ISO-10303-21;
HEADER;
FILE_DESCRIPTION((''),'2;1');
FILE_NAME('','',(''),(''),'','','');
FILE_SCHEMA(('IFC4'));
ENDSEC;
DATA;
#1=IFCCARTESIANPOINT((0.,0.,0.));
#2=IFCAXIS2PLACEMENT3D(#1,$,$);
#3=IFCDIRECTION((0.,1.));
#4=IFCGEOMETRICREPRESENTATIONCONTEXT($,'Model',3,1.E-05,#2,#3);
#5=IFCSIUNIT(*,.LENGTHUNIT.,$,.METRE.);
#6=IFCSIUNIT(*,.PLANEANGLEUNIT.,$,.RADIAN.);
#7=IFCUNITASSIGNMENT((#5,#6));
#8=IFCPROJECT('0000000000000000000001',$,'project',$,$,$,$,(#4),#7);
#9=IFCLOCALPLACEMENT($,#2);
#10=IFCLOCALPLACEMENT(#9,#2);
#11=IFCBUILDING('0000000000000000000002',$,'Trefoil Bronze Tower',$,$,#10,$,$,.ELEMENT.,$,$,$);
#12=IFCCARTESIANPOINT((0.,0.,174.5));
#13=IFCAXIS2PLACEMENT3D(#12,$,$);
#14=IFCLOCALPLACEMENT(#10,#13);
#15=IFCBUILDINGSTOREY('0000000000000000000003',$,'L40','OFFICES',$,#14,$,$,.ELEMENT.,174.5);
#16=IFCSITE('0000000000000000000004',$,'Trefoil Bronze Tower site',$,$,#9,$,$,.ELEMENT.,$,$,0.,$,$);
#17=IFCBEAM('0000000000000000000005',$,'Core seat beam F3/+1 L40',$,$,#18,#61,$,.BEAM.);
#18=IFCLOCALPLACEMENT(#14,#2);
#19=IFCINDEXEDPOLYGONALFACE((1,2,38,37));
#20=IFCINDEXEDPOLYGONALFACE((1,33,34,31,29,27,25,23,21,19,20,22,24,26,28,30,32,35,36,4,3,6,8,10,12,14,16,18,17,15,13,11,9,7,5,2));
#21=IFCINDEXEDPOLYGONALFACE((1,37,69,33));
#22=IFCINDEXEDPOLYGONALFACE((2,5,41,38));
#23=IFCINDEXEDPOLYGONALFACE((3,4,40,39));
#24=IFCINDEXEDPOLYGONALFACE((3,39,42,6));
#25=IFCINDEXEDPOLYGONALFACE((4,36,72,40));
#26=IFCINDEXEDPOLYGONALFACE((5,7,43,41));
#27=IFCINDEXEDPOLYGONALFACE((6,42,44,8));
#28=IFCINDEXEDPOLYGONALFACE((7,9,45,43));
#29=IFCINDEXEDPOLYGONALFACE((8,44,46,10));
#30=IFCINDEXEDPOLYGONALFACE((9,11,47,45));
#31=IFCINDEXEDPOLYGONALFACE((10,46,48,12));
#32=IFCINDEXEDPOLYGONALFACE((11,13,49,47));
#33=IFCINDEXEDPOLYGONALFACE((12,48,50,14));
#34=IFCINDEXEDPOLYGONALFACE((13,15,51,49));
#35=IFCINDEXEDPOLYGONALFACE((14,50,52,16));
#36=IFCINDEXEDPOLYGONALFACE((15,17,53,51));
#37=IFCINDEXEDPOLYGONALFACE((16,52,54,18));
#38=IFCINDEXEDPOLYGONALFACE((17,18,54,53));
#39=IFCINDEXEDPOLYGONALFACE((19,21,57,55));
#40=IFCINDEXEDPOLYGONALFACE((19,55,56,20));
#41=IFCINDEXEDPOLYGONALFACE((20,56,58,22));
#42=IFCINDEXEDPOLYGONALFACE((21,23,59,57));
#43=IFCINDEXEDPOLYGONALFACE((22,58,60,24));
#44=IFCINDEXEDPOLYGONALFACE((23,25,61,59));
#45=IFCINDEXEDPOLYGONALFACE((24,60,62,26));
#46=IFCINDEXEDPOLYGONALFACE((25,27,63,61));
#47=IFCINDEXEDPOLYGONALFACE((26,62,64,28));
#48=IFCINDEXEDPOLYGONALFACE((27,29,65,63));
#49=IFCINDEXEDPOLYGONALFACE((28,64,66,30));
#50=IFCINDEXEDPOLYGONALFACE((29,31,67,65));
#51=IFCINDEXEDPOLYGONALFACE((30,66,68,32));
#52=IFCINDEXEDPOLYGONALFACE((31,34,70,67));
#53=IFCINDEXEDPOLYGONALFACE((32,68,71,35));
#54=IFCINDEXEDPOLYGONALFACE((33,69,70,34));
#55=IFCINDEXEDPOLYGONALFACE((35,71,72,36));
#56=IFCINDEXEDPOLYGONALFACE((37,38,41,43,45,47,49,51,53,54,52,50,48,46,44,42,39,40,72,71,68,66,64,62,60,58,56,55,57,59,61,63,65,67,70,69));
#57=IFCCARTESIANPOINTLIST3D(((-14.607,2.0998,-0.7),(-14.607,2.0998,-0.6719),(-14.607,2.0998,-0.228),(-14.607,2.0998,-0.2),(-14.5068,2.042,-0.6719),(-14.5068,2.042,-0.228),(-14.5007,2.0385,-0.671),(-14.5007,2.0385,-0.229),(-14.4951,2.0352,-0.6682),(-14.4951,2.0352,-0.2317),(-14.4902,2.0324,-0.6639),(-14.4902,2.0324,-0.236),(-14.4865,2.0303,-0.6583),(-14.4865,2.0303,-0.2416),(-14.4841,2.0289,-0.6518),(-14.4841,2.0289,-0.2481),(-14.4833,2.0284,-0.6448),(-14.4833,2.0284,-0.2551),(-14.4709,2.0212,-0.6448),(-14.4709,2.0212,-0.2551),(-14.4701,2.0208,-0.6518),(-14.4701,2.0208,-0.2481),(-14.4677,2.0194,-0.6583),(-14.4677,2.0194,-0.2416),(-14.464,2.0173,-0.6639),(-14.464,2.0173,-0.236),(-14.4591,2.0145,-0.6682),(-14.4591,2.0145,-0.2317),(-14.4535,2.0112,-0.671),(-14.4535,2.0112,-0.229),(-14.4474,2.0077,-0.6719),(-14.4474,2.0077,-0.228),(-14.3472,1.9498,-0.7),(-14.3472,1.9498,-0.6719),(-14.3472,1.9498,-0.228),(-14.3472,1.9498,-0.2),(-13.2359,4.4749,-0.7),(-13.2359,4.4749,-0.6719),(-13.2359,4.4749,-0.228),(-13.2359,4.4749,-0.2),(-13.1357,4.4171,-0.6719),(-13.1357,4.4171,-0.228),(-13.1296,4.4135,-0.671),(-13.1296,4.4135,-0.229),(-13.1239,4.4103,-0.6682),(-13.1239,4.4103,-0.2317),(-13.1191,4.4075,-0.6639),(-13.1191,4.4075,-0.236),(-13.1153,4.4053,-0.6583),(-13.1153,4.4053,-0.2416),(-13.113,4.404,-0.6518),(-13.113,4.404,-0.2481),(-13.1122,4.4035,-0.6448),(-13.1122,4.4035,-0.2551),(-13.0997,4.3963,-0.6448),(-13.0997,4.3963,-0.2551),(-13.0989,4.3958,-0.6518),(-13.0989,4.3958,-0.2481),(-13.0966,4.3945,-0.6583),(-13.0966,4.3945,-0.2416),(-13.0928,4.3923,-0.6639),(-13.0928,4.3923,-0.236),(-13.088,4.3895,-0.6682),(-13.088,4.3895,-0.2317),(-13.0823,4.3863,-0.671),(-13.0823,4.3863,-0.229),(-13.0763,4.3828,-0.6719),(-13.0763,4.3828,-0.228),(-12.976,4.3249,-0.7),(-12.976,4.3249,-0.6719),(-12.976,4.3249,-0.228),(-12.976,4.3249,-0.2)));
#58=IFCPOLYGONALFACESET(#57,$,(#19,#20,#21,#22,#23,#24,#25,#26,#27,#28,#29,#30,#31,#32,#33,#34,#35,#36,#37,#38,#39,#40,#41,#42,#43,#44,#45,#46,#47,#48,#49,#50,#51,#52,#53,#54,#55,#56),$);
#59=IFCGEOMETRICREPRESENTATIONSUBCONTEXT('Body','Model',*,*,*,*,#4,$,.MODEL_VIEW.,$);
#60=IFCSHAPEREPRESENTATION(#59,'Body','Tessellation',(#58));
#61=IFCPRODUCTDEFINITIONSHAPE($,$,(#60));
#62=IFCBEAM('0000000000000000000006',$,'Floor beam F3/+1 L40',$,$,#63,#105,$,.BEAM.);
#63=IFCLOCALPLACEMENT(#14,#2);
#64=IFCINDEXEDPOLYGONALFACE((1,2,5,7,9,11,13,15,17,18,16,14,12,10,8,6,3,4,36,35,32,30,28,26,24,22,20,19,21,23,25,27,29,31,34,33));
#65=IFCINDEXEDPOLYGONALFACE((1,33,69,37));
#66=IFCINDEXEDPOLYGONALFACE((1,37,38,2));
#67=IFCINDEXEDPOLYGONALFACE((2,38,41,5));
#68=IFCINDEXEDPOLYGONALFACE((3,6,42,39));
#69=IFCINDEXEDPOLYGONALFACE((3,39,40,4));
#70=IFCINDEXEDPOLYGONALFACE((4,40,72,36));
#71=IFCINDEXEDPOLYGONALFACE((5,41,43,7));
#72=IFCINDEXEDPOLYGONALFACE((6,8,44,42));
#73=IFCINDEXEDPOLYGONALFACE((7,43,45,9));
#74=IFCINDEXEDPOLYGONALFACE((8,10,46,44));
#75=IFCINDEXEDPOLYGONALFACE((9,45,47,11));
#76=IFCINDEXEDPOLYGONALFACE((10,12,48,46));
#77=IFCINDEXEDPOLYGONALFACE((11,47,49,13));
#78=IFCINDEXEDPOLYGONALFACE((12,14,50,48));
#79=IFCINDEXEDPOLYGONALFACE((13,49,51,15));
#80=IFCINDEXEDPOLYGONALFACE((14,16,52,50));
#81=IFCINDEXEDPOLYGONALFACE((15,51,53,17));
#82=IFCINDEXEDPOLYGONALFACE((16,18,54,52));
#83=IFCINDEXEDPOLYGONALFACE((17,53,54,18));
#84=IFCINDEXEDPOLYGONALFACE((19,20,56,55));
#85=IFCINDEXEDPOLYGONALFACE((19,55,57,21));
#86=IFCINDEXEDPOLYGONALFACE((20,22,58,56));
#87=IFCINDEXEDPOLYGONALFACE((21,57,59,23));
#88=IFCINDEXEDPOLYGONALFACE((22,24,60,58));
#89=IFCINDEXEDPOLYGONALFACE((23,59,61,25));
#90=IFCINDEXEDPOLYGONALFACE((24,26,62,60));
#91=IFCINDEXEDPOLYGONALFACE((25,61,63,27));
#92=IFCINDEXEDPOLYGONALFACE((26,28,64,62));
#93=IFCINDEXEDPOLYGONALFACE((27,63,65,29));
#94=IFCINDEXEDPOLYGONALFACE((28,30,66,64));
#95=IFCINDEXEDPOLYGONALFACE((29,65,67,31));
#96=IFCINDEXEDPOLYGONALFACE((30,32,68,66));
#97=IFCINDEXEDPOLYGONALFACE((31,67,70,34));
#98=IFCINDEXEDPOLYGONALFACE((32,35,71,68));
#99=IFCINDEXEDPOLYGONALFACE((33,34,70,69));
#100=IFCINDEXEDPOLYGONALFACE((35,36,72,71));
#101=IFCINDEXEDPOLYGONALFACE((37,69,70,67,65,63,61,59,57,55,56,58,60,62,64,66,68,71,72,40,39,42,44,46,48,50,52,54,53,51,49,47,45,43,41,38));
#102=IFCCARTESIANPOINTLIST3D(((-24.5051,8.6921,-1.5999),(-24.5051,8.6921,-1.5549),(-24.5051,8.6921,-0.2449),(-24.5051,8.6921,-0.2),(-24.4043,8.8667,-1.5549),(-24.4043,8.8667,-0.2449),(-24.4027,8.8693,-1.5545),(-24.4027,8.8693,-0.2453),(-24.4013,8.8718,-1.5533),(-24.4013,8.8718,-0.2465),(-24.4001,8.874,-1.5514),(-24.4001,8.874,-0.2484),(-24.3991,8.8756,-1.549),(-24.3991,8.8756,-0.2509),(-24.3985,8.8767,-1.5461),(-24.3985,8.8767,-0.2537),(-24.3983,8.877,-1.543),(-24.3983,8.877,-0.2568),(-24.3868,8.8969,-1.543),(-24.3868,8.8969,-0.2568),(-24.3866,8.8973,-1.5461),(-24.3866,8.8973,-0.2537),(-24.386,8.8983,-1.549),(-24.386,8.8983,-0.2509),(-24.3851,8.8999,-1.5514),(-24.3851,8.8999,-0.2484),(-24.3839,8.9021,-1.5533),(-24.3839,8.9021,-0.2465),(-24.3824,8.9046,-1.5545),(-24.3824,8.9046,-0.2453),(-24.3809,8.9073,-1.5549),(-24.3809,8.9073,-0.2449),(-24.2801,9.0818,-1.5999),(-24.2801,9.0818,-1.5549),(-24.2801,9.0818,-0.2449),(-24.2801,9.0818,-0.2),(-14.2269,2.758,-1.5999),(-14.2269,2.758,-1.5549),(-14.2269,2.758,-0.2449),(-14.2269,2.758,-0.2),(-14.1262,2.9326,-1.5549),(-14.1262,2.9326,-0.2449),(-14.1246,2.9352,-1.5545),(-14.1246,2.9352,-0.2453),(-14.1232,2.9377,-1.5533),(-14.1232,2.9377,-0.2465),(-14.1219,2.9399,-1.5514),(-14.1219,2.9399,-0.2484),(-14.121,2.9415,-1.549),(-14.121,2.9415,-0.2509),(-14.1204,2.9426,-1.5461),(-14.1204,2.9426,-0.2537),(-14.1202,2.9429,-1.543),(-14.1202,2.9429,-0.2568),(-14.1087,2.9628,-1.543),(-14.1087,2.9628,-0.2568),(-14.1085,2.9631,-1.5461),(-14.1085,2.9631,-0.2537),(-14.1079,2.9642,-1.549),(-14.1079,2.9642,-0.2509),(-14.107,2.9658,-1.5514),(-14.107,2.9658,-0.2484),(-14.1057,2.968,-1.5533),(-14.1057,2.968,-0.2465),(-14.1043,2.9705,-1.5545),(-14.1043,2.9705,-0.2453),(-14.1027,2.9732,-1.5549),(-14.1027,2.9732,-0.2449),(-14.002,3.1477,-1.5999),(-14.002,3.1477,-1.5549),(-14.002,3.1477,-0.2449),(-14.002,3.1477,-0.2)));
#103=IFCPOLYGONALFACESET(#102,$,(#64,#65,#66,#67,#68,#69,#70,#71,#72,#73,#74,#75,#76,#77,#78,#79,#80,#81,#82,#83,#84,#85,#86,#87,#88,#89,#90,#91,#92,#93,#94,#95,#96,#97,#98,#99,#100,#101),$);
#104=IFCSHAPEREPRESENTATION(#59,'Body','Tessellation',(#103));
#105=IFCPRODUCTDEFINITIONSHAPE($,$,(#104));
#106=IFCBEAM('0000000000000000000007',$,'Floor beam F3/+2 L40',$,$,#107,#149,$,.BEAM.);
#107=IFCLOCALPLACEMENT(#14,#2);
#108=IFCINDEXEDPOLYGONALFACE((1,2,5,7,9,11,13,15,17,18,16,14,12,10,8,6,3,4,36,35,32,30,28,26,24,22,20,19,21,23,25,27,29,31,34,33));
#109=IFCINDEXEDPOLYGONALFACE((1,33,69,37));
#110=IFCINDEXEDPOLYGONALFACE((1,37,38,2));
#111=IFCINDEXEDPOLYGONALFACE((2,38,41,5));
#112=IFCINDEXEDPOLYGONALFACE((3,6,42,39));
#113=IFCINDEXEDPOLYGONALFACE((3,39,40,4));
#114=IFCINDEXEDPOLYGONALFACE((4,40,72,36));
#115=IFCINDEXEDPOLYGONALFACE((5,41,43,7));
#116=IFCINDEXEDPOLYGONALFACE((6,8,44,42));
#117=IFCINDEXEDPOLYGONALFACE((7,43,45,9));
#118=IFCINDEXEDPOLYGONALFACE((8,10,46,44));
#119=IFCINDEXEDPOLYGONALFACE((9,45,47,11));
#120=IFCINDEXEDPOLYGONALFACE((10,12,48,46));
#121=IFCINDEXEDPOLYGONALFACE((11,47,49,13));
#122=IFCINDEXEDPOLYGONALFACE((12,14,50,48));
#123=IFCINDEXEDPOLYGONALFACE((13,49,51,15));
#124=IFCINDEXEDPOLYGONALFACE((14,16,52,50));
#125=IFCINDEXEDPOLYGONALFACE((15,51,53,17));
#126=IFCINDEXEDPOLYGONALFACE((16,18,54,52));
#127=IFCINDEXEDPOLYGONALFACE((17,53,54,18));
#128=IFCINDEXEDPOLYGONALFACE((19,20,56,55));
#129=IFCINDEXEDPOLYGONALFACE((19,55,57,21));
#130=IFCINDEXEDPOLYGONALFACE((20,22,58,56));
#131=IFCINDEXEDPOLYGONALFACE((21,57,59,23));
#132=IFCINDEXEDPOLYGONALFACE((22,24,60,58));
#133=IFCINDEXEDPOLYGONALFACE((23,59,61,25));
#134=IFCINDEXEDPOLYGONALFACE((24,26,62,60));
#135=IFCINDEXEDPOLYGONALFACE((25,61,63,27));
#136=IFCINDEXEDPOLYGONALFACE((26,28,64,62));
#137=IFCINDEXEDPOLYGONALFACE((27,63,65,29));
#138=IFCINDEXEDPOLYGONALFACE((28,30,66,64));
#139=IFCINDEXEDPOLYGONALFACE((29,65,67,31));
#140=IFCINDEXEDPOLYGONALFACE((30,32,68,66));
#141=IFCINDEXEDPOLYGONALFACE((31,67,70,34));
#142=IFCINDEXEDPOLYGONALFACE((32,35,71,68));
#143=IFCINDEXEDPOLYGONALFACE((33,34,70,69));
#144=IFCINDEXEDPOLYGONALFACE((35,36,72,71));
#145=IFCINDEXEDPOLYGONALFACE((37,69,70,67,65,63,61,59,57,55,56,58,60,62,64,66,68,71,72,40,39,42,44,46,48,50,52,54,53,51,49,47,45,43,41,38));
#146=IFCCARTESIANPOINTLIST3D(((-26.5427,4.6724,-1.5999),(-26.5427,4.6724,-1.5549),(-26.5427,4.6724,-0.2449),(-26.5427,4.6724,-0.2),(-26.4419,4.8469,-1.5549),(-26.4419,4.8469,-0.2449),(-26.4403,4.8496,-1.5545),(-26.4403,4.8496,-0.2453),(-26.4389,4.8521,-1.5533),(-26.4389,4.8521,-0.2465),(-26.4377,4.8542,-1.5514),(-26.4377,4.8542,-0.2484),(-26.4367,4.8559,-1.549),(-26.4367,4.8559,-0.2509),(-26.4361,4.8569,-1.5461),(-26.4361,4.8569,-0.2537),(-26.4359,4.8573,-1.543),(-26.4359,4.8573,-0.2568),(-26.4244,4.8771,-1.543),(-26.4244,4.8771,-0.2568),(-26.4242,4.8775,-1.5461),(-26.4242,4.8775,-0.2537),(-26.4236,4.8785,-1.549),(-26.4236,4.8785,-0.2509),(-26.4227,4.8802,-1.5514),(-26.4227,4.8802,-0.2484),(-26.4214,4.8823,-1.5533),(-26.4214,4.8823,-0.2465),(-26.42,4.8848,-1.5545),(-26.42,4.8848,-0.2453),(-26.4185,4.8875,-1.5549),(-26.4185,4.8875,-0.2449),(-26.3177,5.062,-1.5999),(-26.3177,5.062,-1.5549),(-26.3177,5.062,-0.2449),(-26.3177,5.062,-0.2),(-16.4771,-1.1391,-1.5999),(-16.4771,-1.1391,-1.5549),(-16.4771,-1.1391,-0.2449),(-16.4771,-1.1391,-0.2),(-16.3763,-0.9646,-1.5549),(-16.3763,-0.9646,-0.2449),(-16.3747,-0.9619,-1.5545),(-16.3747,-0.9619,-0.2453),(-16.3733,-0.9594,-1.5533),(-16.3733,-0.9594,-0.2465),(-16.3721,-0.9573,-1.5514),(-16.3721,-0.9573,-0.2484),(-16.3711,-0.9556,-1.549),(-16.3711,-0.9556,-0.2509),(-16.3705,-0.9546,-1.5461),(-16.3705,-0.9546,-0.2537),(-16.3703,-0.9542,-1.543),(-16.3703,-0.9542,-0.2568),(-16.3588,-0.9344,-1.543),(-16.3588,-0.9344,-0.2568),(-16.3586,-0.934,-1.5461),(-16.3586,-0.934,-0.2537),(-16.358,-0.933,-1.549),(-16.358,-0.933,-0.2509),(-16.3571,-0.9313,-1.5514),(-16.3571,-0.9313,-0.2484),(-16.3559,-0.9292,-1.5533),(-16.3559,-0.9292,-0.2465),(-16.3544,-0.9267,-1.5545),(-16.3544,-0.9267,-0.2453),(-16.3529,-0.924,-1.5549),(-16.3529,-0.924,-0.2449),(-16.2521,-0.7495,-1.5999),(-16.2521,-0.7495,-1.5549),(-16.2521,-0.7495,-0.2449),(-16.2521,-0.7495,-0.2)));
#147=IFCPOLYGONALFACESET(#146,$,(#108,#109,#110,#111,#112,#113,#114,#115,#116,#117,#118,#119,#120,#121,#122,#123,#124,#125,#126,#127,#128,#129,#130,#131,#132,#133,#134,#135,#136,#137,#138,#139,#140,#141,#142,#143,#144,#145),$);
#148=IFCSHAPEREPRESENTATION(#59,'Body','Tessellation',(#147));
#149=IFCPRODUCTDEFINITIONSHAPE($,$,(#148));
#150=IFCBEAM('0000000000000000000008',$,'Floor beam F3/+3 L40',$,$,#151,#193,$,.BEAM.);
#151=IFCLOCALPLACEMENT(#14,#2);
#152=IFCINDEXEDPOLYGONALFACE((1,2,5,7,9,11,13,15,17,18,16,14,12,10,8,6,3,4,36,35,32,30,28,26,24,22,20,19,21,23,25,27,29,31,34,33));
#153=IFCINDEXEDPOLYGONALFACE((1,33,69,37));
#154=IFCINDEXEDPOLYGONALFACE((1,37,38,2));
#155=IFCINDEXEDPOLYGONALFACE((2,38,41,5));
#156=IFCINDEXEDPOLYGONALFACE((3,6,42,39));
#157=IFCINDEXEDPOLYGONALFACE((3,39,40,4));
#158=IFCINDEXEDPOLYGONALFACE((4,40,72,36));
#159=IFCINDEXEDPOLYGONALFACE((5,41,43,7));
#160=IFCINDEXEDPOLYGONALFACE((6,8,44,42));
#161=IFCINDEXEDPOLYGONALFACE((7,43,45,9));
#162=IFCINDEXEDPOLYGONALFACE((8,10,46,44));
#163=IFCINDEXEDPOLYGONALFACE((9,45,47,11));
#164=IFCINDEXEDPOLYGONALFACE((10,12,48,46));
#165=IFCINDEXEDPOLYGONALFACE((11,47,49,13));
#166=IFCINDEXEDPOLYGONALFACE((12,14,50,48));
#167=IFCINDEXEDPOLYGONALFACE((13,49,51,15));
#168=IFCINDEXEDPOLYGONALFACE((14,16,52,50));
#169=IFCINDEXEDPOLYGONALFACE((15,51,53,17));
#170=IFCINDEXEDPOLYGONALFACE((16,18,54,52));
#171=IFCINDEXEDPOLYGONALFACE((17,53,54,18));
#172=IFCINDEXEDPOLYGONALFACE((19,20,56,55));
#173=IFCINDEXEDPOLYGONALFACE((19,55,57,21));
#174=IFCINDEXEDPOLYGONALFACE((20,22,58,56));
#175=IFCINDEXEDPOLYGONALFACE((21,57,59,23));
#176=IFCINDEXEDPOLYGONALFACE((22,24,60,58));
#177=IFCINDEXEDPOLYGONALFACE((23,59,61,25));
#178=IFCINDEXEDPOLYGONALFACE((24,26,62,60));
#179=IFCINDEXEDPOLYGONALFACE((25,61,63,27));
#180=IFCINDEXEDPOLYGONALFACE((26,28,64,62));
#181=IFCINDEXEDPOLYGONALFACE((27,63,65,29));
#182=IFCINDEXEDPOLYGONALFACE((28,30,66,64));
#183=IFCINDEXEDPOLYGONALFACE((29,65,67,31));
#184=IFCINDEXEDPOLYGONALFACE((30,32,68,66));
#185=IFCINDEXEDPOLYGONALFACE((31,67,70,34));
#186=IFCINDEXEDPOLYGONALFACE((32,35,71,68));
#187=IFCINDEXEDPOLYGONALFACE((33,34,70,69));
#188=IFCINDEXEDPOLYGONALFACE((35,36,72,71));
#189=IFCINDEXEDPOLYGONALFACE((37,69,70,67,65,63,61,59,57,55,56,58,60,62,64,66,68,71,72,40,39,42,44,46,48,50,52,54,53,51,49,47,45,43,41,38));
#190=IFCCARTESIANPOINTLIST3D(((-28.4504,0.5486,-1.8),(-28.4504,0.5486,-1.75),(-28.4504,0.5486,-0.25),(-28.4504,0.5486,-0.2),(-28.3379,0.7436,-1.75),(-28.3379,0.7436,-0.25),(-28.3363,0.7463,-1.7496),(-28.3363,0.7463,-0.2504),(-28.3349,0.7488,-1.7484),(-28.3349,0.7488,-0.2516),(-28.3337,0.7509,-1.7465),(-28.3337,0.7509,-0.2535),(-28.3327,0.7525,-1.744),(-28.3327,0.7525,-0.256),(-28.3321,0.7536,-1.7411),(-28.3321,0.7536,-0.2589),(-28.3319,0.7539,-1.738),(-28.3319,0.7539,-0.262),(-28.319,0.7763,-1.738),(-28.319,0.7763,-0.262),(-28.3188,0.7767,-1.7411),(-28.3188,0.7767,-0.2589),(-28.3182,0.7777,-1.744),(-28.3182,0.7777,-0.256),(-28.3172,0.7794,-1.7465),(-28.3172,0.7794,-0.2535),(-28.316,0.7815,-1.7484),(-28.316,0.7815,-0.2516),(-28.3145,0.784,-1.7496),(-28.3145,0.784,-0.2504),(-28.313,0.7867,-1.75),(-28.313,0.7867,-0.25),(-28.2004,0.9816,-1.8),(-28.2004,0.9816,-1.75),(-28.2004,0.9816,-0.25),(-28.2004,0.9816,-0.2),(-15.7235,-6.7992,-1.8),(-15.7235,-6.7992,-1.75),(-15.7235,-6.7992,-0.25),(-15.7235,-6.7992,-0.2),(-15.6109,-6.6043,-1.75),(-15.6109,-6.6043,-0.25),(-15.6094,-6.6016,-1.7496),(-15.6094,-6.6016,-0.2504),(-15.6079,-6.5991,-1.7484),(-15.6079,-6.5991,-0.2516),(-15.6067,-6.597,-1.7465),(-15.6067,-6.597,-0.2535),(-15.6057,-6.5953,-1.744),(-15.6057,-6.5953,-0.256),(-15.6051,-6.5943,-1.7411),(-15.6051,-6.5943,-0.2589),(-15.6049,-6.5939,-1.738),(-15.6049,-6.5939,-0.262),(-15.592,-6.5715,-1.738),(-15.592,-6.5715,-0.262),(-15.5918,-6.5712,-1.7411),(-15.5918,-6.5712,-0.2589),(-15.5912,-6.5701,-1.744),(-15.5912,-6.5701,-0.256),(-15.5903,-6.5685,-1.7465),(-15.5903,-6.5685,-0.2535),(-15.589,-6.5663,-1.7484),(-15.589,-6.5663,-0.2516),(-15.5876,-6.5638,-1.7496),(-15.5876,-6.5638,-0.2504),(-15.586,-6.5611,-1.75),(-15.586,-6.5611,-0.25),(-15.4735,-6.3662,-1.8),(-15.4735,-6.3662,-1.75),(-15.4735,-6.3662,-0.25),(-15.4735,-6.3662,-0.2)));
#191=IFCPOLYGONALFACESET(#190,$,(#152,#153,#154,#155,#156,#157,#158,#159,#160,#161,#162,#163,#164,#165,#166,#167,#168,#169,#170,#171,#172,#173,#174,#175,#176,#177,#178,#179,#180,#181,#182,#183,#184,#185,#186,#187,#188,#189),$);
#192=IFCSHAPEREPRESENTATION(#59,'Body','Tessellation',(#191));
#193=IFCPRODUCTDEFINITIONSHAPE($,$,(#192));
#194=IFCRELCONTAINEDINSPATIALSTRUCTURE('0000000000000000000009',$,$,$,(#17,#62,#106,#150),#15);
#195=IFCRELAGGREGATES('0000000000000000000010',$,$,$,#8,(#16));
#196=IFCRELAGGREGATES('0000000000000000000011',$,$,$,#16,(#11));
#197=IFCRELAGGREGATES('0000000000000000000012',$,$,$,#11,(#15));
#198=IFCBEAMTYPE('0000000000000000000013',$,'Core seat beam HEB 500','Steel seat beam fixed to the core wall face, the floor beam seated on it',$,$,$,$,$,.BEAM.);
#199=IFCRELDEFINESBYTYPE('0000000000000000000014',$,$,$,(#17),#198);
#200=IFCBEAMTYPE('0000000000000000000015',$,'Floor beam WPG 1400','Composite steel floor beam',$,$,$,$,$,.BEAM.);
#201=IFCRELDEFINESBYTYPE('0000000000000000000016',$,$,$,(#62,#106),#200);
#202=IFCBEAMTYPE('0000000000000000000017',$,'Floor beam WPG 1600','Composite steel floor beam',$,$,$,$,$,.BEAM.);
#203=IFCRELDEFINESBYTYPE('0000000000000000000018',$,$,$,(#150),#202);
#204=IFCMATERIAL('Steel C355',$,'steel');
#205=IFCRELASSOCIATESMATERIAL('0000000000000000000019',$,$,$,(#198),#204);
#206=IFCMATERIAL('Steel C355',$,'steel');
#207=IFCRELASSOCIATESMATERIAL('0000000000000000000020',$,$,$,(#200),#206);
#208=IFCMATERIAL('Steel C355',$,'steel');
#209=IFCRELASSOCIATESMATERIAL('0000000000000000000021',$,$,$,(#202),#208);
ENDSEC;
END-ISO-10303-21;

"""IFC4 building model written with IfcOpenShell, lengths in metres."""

from ifc_helpers import new_model, si_unit, direction, frame, origin, origin_2d, place, context, subcontext, project, spatial, i_section, extrude, material, material_profile, profile_set, type_object, element, save


model = new_model("IFC4")

# Units and contexts
model_context = context("Model", 3, precision=1e-05, world=origin(), true_north=direction((0.0, 1.0)))
body_context = subcontext(model_context, "Body", "Model", "MODEL_VIEW")
ifc_project = project(units=[si_unit("LENGTHUNIT", "METRE"), si_unit("PLANEANGLEUNIT", "RADIAN")], contexts=[model_context])

# Site, building, storey
site_placement = place(None, origin())
site = spatial("IfcSite", under=ifc_project, at=site_placement, Name="Trefoil Bronze Tower site", CompositionType="ELEMENT", RefElevation=0.0)
building_placement = place(site_placement, origin())
building = spatial("IfcBuilding", under=site, at=building_placement, Name="Trefoil Bronze Tower", CompositionType="ELEMENT")
storey_placement = place(building_placement, frame((0.0, 0.0, 174.5)))
storey = spatial("IfcBuildingStorey", under=building, at=storey_placement, Name="L40", Description="OFFICES", CompositionType="ELEMENT", Elevation=174.5)

# Beams
ifc_material_1 = material(Name="Steel C355", Category="steel")
ifc_material_profile_1 = material_profile(ifc_material_1, i_section(OverallWidth=0.3, OverallDepth=0.5, WebThickness=0.0144, FlangeThickness=0.0281, FilletRadius=0.0271, at=origin_2d()), Name="HEB 500")
ifc_profile_set_1 = profile_set([ifc_material_profile_1], Name="Steel C355")
beam_type_1 = type_object("IfcBeamType", Name="Core seat beam HEB 500", Description="Steel seat beam fixed to the core wall face, the floor beam seated on it", PredefinedType="BEAM", material=ifc_profile_set_1)
for number, where, z_axis, x_axis, name in (
    (1, (-13.106, 4.3999, -0.45), (-0.499969, -0.866043, 0.0), (0.866043, -0.499969, 0.0), "Core seat beam F3/+1 L40"),
):
    element("IfcBeam", number, at=place(storey_placement, frame(where, z_axis=z_axis, x_axis=x_axis)), inside=storey, type_object=beam_type_1, Name=name, PredefinedType="BEAM", context=body_context, shape_type="SweptSolid", body=[
        extrude(i_section(OverallWidth=0.3, OverallDepth=0.5, WebThickness=0.0144, FlangeThickness=0.0281, FilletRadius=0.0271, at=origin_2d()), origin(), (0.0, 0.0, 1.0), 2.7424),
    ])
ifc_material_2 = material(Name="Steel C355", Category="steel")
ifc_material_profile_2 = material_profile(ifc_material_2, i_section(OverallWidth=0.45, OverallDepth=1.3999, WebThickness=0.0229, FlangeThickness=0.0449, FilletRadius=0.012, at=origin_2d()), Name="WPG 1400")
ifc_profile_set_2 = profile_set([ifc_material_profile_2], Name="Steel C355")
beam_type_2 = type_object("IfcBeamType", Name="Floor beam WPG 1400", Description="Composite steel floor beam", PredefinedType="BEAM", material=ifc_profile_set_2)
beam_1_placement = place(storey_placement, frame((-24.3926, 8.887, -0.8999), z_axis=(0.866024, -0.500002, 0.0), x_axis=(0.500002, 0.866024, 0.0)))
element("IfcBeam", 2, at=beam_1_placement, inside=storey, type_object=beam_type_2, Name="Floor beam F3/+1 L40", PredefinedType="BEAM", context=body_context, shape_type="SweptSolid", body=[
    extrude(i_section(OverallWidth=0.45, OverallDepth=1.3999, WebThickness=0.0229, FlangeThickness=0.0449, FilletRadius=0.012, at=origin_2d()), origin(), (0.0, 0.0, 1.0), 11.8682),
])
beam_2_placement = place(storey_placement, frame((-26.4302, 4.8672, -0.8999), z_axis=(0.866022, -0.500007, 0.0), x_axis=(0.500007, 0.866022, 0.0)))
element("IfcBeam", 3, at=beam_2_placement, inside=storey, type_object=beam_type_2, Name="Floor beam F3/+2 L40", PredefinedType="BEAM", context=body_context, shape_type="SweptSolid", body=[
    extrude(i_section(OverallWidth=0.45, OverallDepth=1.3999, WebThickness=0.0229, FlangeThickness=0.0449, FilletRadius=0.012, at=origin_2d()), origin(), (0.0, 0.0, 1.0), 11.6228),
])
ifc_material_3 = material(Name="Steel C355", Category="steel")
ifc_material_profile_3 = material_profile(ifc_material_3, i_section(OverallWidth=0.5, OverallDepth=1.6001, WebThickness=0.0259, FlangeThickness=0.05, FilletRadius=0.012, at=origin_2d()), Name="WPG 1600")
ifc_profile_set_3 = profile_set([ifc_material_profile_3], Name="Steel C355")
beam_type_3 = type_object("IfcBeamType", Name="Floor beam WPG 1600", Description="Composite steel floor beam", PredefinedType="BEAM", material=ifc_profile_set_3)
beam_3_placement = place(storey_placement, frame((-28.3254, 0.7651, -1.0), z_axis=(0.866027, -0.499997, 0.0), x_axis=(0.499997, 0.866027, 0.0)))
element("IfcBeam", 4, at=beam_3_placement, inside=storey, type_object=beam_type_3, Name="Floor beam F3/+3 L40", PredefinedType="BEAM", context=body_context, shape_type="SweptSolid", body=[
    extrude(i_section(OverallWidth=0.5, OverallDepth=1.6001, WebThickness=0.0259, FlangeThickness=0.05, FilletRadius=0.012, at=origin_2d()), origin(), (0.0, 0.0, 1.0), 14.6958),
])

save(model, "model.ifc")
